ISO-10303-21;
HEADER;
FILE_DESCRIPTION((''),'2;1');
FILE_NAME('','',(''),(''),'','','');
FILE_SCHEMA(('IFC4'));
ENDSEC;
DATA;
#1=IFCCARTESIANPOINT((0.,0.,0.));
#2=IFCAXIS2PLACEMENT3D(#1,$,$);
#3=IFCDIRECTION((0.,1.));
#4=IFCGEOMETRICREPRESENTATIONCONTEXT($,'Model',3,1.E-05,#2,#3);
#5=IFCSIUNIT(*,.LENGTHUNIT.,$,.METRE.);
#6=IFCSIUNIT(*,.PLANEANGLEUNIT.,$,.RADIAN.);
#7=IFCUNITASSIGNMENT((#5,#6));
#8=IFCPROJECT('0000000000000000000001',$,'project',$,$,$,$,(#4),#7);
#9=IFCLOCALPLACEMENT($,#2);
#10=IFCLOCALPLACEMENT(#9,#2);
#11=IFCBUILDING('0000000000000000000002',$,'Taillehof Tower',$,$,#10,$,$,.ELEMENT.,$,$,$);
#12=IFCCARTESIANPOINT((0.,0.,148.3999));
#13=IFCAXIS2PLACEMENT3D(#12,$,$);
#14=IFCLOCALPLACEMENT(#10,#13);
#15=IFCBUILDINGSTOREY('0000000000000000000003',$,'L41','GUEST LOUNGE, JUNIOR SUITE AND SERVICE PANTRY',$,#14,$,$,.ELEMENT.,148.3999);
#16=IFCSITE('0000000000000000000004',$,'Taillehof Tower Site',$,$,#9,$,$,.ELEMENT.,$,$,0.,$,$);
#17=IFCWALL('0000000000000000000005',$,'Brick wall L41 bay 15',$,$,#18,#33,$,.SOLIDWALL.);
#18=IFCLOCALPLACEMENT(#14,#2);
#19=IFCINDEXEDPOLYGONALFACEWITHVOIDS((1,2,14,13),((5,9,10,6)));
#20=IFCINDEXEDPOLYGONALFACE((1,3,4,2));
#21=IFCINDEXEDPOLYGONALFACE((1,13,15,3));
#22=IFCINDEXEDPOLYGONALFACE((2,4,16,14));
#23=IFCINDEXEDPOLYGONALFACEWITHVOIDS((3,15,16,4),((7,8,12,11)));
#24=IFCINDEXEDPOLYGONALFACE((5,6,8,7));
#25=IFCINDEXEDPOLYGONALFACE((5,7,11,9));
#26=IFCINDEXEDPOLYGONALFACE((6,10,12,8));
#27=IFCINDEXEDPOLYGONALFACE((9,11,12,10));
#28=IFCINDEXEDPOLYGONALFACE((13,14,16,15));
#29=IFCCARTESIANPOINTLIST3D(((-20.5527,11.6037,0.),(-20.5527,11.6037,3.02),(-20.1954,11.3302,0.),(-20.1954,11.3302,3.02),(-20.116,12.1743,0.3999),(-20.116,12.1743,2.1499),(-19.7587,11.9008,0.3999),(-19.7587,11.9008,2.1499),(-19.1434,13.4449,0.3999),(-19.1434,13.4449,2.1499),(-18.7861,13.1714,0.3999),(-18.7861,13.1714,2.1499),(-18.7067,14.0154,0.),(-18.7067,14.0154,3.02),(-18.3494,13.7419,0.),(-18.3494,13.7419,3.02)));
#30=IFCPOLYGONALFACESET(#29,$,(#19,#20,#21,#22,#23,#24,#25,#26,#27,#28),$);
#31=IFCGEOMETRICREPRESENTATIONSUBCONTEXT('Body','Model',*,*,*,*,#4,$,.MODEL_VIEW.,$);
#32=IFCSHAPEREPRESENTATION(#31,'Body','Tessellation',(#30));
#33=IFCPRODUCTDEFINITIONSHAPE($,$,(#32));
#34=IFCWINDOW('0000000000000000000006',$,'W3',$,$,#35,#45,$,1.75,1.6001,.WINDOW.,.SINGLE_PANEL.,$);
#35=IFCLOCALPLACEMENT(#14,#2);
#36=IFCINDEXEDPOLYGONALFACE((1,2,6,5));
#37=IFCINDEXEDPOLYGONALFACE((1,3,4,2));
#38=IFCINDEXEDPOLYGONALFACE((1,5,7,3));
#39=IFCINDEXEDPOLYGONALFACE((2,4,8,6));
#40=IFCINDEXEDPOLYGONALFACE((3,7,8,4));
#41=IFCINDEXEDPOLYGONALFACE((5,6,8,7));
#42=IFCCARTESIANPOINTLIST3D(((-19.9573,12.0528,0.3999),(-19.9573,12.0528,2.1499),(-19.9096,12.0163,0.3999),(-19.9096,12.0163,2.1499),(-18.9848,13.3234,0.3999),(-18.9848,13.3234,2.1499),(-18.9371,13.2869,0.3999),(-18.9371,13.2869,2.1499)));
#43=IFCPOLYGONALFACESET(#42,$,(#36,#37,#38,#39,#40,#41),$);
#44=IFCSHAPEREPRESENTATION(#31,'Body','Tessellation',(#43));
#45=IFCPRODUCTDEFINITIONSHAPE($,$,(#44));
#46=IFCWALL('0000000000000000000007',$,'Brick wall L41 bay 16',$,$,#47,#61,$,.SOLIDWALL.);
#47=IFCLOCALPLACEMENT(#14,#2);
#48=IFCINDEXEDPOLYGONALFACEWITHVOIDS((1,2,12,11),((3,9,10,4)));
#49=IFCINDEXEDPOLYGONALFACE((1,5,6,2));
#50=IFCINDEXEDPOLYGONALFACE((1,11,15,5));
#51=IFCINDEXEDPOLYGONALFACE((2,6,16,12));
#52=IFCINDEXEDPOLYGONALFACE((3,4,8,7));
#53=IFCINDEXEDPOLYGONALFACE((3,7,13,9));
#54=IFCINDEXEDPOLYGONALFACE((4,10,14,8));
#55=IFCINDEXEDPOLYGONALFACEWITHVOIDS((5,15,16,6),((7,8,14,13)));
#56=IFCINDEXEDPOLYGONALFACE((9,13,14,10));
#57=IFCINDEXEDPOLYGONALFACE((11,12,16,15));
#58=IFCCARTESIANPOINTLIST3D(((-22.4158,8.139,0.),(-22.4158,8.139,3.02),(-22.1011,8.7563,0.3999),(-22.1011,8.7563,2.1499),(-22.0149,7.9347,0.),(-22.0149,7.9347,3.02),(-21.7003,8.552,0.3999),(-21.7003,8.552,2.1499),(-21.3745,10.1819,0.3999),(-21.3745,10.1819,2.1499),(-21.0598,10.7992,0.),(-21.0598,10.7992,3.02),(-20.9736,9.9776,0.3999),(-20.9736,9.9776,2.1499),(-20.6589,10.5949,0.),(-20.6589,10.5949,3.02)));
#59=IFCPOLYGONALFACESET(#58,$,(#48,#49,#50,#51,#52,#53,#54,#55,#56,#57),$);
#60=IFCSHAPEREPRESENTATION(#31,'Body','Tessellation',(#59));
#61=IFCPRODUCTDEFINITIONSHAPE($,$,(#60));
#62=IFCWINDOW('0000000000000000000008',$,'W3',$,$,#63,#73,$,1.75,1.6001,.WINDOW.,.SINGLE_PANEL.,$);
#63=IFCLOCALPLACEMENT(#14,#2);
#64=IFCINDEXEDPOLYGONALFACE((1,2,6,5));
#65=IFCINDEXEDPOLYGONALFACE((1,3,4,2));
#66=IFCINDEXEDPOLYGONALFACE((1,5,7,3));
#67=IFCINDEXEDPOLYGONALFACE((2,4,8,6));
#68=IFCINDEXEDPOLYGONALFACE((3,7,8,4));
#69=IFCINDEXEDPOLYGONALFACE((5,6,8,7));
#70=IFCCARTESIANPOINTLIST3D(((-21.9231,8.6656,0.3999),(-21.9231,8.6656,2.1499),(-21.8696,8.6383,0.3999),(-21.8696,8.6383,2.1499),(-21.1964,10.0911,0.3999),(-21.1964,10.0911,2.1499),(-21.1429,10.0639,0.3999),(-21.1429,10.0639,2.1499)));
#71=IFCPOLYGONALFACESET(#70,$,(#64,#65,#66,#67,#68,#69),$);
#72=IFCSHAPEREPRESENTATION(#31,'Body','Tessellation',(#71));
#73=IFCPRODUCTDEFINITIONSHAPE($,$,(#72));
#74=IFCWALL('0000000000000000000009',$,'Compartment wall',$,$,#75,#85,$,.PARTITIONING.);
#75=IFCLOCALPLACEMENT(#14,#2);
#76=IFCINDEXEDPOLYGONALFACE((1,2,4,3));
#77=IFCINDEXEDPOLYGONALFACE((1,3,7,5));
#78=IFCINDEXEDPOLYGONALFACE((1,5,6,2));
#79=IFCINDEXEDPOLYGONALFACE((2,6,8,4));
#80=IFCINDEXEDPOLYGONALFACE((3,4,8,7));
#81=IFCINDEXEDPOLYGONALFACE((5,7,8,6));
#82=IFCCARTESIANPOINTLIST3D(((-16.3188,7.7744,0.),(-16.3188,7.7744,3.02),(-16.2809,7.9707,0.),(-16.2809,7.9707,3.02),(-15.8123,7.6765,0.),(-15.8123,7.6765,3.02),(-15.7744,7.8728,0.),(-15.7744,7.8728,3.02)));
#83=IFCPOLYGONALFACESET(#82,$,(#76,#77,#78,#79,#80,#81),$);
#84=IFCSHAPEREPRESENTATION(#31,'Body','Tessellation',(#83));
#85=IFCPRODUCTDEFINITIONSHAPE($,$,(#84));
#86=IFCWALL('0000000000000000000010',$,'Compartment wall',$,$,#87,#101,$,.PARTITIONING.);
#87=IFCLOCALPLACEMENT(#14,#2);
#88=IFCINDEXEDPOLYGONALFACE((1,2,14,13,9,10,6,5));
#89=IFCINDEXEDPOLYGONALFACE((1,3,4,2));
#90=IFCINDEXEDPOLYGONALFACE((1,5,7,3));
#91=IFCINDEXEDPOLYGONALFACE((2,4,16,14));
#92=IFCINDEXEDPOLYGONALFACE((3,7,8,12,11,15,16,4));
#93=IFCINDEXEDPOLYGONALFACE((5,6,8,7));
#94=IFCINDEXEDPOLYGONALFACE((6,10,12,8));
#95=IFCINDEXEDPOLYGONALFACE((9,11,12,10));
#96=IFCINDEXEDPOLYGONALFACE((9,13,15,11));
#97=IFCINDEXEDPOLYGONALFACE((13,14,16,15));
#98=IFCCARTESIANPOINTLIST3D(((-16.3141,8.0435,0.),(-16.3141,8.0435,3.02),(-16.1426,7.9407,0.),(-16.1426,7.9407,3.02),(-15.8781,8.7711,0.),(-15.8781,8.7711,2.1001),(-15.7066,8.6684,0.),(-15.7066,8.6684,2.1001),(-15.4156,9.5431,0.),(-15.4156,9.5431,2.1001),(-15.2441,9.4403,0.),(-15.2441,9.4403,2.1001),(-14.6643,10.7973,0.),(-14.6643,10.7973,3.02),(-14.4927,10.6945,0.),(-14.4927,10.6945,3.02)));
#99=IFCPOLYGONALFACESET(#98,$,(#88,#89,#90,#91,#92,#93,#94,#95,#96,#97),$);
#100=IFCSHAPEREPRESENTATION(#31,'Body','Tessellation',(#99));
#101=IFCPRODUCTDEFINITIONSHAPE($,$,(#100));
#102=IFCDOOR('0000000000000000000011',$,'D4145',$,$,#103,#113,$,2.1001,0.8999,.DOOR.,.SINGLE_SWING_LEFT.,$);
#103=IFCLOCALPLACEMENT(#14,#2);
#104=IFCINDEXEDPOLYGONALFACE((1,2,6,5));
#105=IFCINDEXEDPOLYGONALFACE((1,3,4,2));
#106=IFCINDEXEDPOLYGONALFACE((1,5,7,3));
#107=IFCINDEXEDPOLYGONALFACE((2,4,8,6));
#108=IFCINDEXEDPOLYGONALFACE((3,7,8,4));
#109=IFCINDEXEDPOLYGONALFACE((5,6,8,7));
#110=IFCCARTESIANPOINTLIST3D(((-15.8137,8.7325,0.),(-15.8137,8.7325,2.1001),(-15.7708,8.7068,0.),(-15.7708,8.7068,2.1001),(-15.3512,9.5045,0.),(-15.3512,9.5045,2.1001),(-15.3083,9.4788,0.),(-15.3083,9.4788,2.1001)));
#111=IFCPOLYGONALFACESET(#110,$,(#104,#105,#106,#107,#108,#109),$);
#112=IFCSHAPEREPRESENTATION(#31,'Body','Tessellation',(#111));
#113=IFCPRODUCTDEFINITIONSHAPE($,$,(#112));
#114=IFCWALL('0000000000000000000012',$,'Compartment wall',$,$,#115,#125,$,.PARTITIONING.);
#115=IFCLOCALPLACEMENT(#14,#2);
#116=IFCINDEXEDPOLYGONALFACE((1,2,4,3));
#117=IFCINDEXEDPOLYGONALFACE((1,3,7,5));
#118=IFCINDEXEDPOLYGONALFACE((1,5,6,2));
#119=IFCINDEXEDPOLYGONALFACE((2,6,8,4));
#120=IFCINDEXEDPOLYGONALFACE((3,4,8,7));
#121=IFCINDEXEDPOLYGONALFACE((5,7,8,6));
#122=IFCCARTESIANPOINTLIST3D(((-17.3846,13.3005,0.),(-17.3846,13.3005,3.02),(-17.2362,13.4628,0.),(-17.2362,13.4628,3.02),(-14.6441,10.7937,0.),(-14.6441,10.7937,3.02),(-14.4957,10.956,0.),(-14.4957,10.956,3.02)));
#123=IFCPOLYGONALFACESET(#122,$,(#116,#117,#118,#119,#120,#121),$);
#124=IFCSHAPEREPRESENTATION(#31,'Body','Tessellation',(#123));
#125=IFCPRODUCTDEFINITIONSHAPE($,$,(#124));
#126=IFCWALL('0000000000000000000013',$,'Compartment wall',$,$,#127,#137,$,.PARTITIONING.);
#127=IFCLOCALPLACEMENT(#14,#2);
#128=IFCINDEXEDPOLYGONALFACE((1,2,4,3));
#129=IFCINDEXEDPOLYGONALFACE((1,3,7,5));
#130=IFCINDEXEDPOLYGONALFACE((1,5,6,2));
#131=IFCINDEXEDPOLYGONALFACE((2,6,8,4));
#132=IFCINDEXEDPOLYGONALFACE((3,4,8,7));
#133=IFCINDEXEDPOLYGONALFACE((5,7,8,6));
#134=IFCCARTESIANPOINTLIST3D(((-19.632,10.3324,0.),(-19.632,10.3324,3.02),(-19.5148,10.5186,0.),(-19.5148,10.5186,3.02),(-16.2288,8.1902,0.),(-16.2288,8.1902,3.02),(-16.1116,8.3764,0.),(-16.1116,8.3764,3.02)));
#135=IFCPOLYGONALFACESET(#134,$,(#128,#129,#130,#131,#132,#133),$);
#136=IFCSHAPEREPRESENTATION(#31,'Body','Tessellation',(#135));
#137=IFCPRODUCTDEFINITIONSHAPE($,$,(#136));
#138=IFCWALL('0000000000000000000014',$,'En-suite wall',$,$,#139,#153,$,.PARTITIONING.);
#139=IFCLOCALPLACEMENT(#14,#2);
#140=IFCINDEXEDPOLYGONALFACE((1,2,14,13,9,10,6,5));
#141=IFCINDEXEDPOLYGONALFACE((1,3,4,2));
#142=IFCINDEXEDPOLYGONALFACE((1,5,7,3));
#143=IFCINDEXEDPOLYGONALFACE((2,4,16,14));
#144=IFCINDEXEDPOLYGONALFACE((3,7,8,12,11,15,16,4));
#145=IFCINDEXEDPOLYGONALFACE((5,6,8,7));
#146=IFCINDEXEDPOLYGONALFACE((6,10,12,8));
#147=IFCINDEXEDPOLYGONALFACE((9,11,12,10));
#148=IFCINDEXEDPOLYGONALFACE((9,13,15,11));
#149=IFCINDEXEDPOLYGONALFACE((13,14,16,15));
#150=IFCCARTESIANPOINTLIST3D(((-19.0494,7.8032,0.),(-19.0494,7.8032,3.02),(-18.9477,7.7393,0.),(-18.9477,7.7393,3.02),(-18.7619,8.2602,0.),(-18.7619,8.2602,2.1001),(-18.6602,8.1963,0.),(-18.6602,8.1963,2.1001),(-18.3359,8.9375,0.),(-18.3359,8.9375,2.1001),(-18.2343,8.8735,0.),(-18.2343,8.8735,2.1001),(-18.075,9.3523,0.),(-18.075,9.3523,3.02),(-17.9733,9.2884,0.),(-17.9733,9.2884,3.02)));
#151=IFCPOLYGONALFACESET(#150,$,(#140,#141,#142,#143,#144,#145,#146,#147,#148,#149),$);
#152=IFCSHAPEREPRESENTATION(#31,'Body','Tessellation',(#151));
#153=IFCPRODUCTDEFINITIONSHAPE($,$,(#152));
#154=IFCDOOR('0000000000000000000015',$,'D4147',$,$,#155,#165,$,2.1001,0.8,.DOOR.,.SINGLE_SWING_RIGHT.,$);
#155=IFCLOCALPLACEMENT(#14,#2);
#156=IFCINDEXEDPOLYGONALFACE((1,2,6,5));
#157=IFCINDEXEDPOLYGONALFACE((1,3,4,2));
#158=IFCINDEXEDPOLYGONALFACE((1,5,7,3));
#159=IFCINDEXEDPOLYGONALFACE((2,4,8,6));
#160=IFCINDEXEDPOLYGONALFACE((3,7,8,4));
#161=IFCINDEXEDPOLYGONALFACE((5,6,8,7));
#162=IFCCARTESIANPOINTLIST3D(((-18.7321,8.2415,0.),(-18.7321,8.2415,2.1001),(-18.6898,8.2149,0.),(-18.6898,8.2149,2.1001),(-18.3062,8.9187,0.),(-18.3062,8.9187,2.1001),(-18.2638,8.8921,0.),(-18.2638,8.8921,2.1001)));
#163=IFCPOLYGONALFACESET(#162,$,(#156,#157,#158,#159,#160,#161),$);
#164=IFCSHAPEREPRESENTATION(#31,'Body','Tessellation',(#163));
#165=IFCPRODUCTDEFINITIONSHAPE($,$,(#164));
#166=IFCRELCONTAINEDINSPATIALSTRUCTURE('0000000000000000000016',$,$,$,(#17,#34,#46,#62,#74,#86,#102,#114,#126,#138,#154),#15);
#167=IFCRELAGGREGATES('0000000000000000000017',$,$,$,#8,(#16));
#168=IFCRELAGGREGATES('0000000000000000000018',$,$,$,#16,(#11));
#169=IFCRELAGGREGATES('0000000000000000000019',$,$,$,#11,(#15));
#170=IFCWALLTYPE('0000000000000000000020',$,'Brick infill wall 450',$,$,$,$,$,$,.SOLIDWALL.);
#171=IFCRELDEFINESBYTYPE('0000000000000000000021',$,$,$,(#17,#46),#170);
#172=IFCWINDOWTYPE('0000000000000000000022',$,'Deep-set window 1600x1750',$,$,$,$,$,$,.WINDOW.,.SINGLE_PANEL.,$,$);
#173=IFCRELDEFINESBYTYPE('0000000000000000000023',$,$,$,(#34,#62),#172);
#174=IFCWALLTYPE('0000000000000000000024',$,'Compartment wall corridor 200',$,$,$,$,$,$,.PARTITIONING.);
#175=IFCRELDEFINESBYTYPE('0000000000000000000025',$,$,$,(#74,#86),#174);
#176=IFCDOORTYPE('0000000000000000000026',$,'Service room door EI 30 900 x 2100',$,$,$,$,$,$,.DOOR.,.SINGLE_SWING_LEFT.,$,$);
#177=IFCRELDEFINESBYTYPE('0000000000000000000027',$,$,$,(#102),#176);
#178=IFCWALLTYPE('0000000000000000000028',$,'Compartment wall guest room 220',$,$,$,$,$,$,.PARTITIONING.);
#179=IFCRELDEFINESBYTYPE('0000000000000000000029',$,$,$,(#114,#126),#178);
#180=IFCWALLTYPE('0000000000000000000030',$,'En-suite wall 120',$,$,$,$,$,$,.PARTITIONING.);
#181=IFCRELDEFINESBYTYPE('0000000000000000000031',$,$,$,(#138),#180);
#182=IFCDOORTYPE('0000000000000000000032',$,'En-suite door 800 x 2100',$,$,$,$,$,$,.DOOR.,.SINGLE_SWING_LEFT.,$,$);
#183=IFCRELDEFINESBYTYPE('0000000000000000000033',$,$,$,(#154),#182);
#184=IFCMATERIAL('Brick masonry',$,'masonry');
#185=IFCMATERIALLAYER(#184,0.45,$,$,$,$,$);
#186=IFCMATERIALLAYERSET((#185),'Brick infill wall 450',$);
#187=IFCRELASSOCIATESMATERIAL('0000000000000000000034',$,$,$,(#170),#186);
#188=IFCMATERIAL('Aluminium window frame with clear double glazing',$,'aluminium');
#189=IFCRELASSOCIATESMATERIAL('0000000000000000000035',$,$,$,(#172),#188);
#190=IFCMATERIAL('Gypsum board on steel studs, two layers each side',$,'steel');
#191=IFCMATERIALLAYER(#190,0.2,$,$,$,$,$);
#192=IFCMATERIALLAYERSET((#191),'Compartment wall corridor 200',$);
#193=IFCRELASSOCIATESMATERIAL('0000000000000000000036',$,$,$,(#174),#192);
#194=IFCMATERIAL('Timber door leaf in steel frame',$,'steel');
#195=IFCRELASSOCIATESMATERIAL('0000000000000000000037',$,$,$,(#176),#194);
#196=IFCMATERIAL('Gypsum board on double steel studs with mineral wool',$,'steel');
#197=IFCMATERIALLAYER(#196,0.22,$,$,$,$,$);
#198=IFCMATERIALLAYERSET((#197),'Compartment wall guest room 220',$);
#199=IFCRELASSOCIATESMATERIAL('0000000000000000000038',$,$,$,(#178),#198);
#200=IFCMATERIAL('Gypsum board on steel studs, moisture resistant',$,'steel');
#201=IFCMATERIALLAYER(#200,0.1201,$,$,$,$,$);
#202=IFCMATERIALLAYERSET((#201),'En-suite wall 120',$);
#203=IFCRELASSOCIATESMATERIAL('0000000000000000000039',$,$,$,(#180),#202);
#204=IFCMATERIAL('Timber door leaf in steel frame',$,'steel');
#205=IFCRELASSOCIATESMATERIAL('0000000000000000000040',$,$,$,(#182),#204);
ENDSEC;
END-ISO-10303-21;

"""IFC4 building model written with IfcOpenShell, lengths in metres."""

from ifc_helpers import new_model, si_unit, direction, frame, frame_2d, origin, place, context, subcontext, project, spatial, rectangle, extrude, material, layer, layer_set, type_object, element, fill, save


model = new_model("IFC4")

# Units and contexts
model_context = context("Model", 3, precision=1e-05, world=origin(), true_north=direction((0.0, 1.0)))
body_context = subcontext(model_context, "Body", "Model", "MODEL_VIEW")
ifc_project = project(units=[si_unit("LENGTHUNIT", "METRE"), si_unit("PLANEANGLEUNIT", "RADIAN")], contexts=[model_context])

# Site, building, storey
site_placement = place(None, origin())
site = spatial("IfcSite", under=ifc_project, at=site_placement, Name="Taillehof Tower Site", CompositionType="ELEMENT", RefElevation=0.0)
building_placement = place(site_placement, origin())
building = spatial("IfcBuilding", under=site, at=building_placement, Name="Taillehof Tower", CompositionType="ELEMENT")
storey_placement = place(building_placement, frame((0.0, 0.0, 148.3999)))
storey = spatial("IfcBuildingStorey", under=building, at=storey_placement, Name="L41", Description="GUEST LOUNGE, JUNIOR SUITE AND SERVICE PANTRY", CompositionType="ELEMENT", Elevation=148.3999)

# Walls, openings, windows
ifc_material_1 = material(Name="Brick masonry", Category="masonry")
ifc_layer_1 = layer(ifc_material_1, 0.45)
ifc_layer_set_1 = layer_set([ifc_layer_1], Name="Brick infill wall 450")
wall_type_1 = type_object("IfcWallType", Name="Brick infill wall 450", PredefinedType="SOLIDWALL", material=ifc_layer_set_1)
ifc_material_2 = material(Name="Aluminium window frame with clear double glazing", Category="aluminium")
window_type = type_object("IfcWindowType", Name="Deep-set window 1600x1750", PartitioningType="SINGLE_PANEL", PredefinedType="WINDOW", material=ifc_material_2)
wall_1_placement = place(storey_placement, frame((-18.5281, 13.8787, 0.0), z_axis=(0.0, 0.0, 1.0), x_axis=(-0.607817, -0.794077, 0.0)))
wall_1 = element("IfcWall", 1, at=wall_1_placement, inside=storey, type_object=wall_type_1, Name="Brick wall L41 bay 15", PredefinedType="SOLIDWALL", context=body_context, shape_type="SweptSolid", body=[
    extrude(rectangle(XDim=3.0371, YDim=0.45, at=frame_2d((1.5186, 0.0))), origin(), (0.0, 0.0, 1.0), 3.02),
])
opening_1_placement = place(wall_1_placement, frame((0.7185, 0.0, 0.3999)))
opening_1 = element("IfcOpeningElement", 2, at=opening_1_placement, cuts=wall_1, PredefinedType="OPENING", context=body_context, shape_type="SweptSolid", body=[
    extrude(rectangle(XDim=1.6001, YDim=1.75, at=frame_2d((0.8, 0.875))), frame((0.0, 0.2349, 0.0), z_axis=(0.0, -1.0, 0.0), x_axis=(1.0, 0.0, 0.0)), (0.0, 0.0, 1.0), 0.47),
])
window_1_placement = place(opening_1_placement, origin())
window_1 = element("IfcWindow", 3, at=window_1_placement, inside=storey, type_object=window_type, Name="W3", OverallHeight=1.75, OverallWidth=1.6001, PartitioningType="SINGLE_PANEL", PredefinedType="WINDOW", context=body_context, shape_type="SweptSolid", body=[
    extrude(rectangle(XDim=1.6001, YDim=1.75, at=frame_2d((0.8, 0.875))), frame((0.0, 0.0349, 0.0), z_axis=(0.0, -1.0, 0.0), x_axis=(1.0, 0.0, 0.0)), (0.0, 0.0, 1.0), 0.0601),
])
fill(opening_1, window_1)
wall_2_placement = place(storey_placement, frame((-20.8594, 10.697, 0.0), z_axis=(0.0, 0.0, 1.0), x_axis=(-0.454134, -0.890933, 0.0)))
wall_2 = element("IfcWall", 4, at=wall_2_placement, inside=storey, type_object=wall_type_1, Name="Brick wall L41 bay 16", PredefinedType="SOLIDWALL", context=body_context, shape_type="SweptSolid", body=[
    extrude(rectangle(XDim=2.9858, YDim=0.45, at=frame_2d((1.4929, 0.0))), origin(), (0.0, 0.0, 1.0), 3.02),
])
opening_2_placement = place(wall_2_placement, frame((0.6929, 0.0, 0.3999)))
opening_2 = element("IfcOpeningElement", 5, at=opening_2_placement, cuts=wall_2, PredefinedType="OPENING", context=body_context, shape_type="SweptSolid", body=[
    extrude(rectangle(XDim=1.6001, YDim=1.75, at=frame_2d((0.8, 0.875))), frame((0.0, 0.2349, 0.0), z_axis=(0.0, -1.0, 0.0), x_axis=(1.0, 0.0, 0.0)), (0.0, 0.0, 1.0), 0.47),
])
window_2_placement = place(opening_2_placement, origin())
window_2 = element("IfcWindow", 6, at=window_2_placement, inside=storey, type_object=window_type, Name="W3", OverallHeight=1.75, OverallWidth=1.6001, PartitioningType="SINGLE_PANEL", PredefinedType="WINDOW", context=body_context, shape_type="SweptSolid", body=[
    extrude(rectangle(XDim=1.6001, YDim=1.75, at=frame_2d((0.8, 0.875))), frame((0.0, 0.0349, 0.0), z_axis=(0.0, -1.0, 0.0), x_axis=(1.0, 0.0, 0.0)), (0.0, 0.0, 1.0), 0.0601),
])
fill(opening_2, window_2)

# Wall
ifc_material_3 = material(Name="Gypsum board on steel studs, two layers each side", Category="steel")
ifc_layer_2 = layer(ifc_material_3, 0.2)
ifc_layer_set_2 = layer_set([ifc_layer_2], Name="Compartment wall corridor 200")
wall_type_2 = type_object("IfcWallType", Name="Compartment wall corridor 200", PredefinedType="PARTITIONING", material=ifc_layer_set_2)
wall_3_placement = place(storey_placement, frame((-15.7935, 7.7747, 0.0), z_axis=(0.0, 0.0, 1.0), x_axis=(-0.981834, 0.189742, 0.0)))
element("IfcWall", 7, at=wall_3_placement, inside=storey, type_object=wall_type_2, Name="Compartment wall", PredefinedType="PARTITIONING", context=body_context, shape_type="SweptSolid", body=[
    extrude(rectangle(XDim=0.5159, YDim=0.2, at=frame_2d((0.2578, 0.0))), origin(), (0.0, 0.0, 1.0), 3.02),
])

# Wall, opening, door
wall_4_placement = place(storey_placement, frame((-16.2283, 7.9922, 0.0), z_axis=(0.0, 0.0, 1.0), x_axis=(0.513936, 0.857828, 0.0)))
wall_4 = element("IfcWall", 8, at=wall_4_placement, inside=storey, type_object=wall_type_2, Name="Compartment wall", PredefinedType="PARTITIONING", context=body_context, shape_type="SweptSolid", body=[
    extrude(rectangle(XDim=3.2102, YDim=0.2, at=frame_2d((1.605, 0.0))), origin(), (0.0, 0.0, 1.0), 3.02),
])
opening_3_placement = place(wall_4_placement, frame((0.8481, 0.0, 0.0)))
opening_3 = element("IfcOpeningElement", 9, at=opening_3_placement, cuts=wall_4, PredefinedType="OPENING", context=body_context, shape_type="SweptSolid", body=[
    extrude(rectangle(XDim=0.8999, YDim=2.1001, at=frame_2d((0.45, 1.05))), frame((0.0, 0.1099, 0.0), z_axis=(0.0, -1.0, 0.0), x_axis=(1.0, 0.0, 0.0)), (0.0, 0.0, 1.0), 0.22),
])
ifc_material_4 = material(Name="Timber door leaf in steel frame", Category="steel")
door_type_1 = type_object("IfcDoorType", Name="Service room door EI 30 900 x 2100", OperationType="SINGLE_SWING_LEFT", PredefinedType="DOOR", material=ifc_material_4)
door_1_placement = place(opening_3_placement, origin())
door_1 = element("IfcDoor", 10, at=door_1_placement, inside=storey, type_object=door_type_1, Name="D4145", OperationType="SINGLE_SWING_LEFT", OverallHeight=2.1001, OverallWidth=0.8999, PredefinedType="DOOR", context=body_context, shape_type="SweptSolid", body=[
    extrude(rectangle(XDim=0.8999, YDim=2.1001, at=frame_2d((0.45, 1.05))), frame((0.0, 0.0249, 0.0), z_axis=(0.0, -1.0, 0.0), x_axis=(1.0, 0.0, 0.0)), (0.0, 0.0, 1.0), 0.05),
])
fill(opening_3, door_1)

# Walls
ifc_material_5 = material(Name="Gypsum board on double steel studs with mineral wool", Category="steel")
ifc_layer_3 = layer(ifc_material_5, 0.22)
ifc_layer_set_3 = layer_set([ifc_layer_3], Name="Compartment wall guest room 220")
wall_type_3 = type_object("IfcWallType", Name="Compartment wall guest room 220", PredefinedType="PARTITIONING", material=ifc_layer_set_3)
wall_5_placement = place(storey_placement, frame((-17.3103, 13.3816, 0.0), z_axis=(0.0, 0.0, 1.0), x_axis=(0.73786, -0.674953, 0.0)))
element("IfcWall", 11, at=wall_5_placement, inside=storey, type_object=wall_type_3, Name="Compartment wall", PredefinedType="PARTITIONING", context=body_context, shape_type="SweptSolid", body=[
    extrude(rectangle(XDim=3.7141, YDim=0.22, at=frame_2d((1.8569, 0.0))), origin(), (0.0, 0.0, 1.0), 3.02),
])
wall_6_placement = place(storey_placement, frame((-19.5735, 10.4255, 0.0), z_axis=(0.0, 0.0, 1.0), x_axis=(0.846299, -0.532709, 0.0)))
element("IfcWall", 12, at=wall_6_placement, inside=storey, type_object=wall_type_3, Name="Compartment wall", PredefinedType="PARTITIONING", context=body_context, shape_type="SweptSolid", body=[
    extrude(rectangle(XDim=4.0212, YDim=0.22, at=frame_2d((2.0107, 0.0))), origin(), (0.0, 0.0, 1.0), 3.02),
])

# Wall, opening, door
ifc_material_6 = material(Name="Gypsum board on steel studs, moisture resistant", Category="steel")
ifc_layer_4 = layer(ifc_material_6, 0.1201)
ifc_layer_set_4 = layer_set([ifc_layer_4], Name="En-suite wall 120")
wall_type_4 = type_object("IfcWallType", Name="En-suite wall 120", PredefinedType="PARTITIONING", material=ifc_layer_set_4)
wall_7_placement = place(storey_placement, frame((-18.9985, 7.7712, 0.0), z_axis=(0.0, 0.0, 1.0), x_axis=(0.532431, 0.846473, 0.0)))
wall_7 = element("IfcWall", 13, at=wall_7_placement, inside=storey, type_object=wall_type_4, Name="En-suite wall", PredefinedType="PARTITIONING", context=body_context, shape_type="SweptSolid", body=[
    extrude(rectangle(XDim=1.8301, YDim=0.1201, at=frame_2d((0.915, 0.0))), origin(), (0.0, 0.0, 1.0), 3.02),
])
opening_4_placement = place(wall_7_placement, frame((0.54, 0.0, 0.0)))
opening_4 = element("IfcOpeningElement", 14, at=opening_4_placement, cuts=wall_7, PredefinedType="OPENING", context=body_context, shape_type="SweptSolid", body=[
    extrude(rectangle(XDim=0.8, YDim=2.1001, at=frame_2d((0.3999, 1.05))), frame((0.0, 0.0701, 0.0), z_axis=(0.0, -1.0, 0.0), x_axis=(1.0, 0.0, 0.0)), (0.0, 0.0, 1.0), 0.1401),
])
ifc_material_7 = material(Name="Timber door leaf in steel frame", Category="steel")
door_type_2 = type_object("IfcDoorType", Name="En-suite door 800 x 2100", OperationType="SINGLE_SWING_LEFT", PredefinedType="DOOR", material=ifc_material_7)
door_2_placement = place(opening_4_placement, origin())
door_2 = element("IfcDoor", 15, at=door_2_placement, inside=storey, type_object=door_type_2, Name="D4147", OperationType="SINGLE_SWING_RIGHT", OverallHeight=2.1001, OverallWidth=0.8, PredefinedType="DOOR", context=body_context, shape_type="SweptSolid", body=[
    extrude(rectangle(XDim=0.8, YDim=2.1001, at=frame_2d((0.3999, 1.05))), frame((0.0, 0.0249, 0.0), z_axis=(0.0, -1.0, 0.0), x_axis=(1.0, 0.0, 0.0)), (0.0, 0.0, 1.0), 0.05),
])
fill(opening_4, door_2)

save(model, "model.ifc")
